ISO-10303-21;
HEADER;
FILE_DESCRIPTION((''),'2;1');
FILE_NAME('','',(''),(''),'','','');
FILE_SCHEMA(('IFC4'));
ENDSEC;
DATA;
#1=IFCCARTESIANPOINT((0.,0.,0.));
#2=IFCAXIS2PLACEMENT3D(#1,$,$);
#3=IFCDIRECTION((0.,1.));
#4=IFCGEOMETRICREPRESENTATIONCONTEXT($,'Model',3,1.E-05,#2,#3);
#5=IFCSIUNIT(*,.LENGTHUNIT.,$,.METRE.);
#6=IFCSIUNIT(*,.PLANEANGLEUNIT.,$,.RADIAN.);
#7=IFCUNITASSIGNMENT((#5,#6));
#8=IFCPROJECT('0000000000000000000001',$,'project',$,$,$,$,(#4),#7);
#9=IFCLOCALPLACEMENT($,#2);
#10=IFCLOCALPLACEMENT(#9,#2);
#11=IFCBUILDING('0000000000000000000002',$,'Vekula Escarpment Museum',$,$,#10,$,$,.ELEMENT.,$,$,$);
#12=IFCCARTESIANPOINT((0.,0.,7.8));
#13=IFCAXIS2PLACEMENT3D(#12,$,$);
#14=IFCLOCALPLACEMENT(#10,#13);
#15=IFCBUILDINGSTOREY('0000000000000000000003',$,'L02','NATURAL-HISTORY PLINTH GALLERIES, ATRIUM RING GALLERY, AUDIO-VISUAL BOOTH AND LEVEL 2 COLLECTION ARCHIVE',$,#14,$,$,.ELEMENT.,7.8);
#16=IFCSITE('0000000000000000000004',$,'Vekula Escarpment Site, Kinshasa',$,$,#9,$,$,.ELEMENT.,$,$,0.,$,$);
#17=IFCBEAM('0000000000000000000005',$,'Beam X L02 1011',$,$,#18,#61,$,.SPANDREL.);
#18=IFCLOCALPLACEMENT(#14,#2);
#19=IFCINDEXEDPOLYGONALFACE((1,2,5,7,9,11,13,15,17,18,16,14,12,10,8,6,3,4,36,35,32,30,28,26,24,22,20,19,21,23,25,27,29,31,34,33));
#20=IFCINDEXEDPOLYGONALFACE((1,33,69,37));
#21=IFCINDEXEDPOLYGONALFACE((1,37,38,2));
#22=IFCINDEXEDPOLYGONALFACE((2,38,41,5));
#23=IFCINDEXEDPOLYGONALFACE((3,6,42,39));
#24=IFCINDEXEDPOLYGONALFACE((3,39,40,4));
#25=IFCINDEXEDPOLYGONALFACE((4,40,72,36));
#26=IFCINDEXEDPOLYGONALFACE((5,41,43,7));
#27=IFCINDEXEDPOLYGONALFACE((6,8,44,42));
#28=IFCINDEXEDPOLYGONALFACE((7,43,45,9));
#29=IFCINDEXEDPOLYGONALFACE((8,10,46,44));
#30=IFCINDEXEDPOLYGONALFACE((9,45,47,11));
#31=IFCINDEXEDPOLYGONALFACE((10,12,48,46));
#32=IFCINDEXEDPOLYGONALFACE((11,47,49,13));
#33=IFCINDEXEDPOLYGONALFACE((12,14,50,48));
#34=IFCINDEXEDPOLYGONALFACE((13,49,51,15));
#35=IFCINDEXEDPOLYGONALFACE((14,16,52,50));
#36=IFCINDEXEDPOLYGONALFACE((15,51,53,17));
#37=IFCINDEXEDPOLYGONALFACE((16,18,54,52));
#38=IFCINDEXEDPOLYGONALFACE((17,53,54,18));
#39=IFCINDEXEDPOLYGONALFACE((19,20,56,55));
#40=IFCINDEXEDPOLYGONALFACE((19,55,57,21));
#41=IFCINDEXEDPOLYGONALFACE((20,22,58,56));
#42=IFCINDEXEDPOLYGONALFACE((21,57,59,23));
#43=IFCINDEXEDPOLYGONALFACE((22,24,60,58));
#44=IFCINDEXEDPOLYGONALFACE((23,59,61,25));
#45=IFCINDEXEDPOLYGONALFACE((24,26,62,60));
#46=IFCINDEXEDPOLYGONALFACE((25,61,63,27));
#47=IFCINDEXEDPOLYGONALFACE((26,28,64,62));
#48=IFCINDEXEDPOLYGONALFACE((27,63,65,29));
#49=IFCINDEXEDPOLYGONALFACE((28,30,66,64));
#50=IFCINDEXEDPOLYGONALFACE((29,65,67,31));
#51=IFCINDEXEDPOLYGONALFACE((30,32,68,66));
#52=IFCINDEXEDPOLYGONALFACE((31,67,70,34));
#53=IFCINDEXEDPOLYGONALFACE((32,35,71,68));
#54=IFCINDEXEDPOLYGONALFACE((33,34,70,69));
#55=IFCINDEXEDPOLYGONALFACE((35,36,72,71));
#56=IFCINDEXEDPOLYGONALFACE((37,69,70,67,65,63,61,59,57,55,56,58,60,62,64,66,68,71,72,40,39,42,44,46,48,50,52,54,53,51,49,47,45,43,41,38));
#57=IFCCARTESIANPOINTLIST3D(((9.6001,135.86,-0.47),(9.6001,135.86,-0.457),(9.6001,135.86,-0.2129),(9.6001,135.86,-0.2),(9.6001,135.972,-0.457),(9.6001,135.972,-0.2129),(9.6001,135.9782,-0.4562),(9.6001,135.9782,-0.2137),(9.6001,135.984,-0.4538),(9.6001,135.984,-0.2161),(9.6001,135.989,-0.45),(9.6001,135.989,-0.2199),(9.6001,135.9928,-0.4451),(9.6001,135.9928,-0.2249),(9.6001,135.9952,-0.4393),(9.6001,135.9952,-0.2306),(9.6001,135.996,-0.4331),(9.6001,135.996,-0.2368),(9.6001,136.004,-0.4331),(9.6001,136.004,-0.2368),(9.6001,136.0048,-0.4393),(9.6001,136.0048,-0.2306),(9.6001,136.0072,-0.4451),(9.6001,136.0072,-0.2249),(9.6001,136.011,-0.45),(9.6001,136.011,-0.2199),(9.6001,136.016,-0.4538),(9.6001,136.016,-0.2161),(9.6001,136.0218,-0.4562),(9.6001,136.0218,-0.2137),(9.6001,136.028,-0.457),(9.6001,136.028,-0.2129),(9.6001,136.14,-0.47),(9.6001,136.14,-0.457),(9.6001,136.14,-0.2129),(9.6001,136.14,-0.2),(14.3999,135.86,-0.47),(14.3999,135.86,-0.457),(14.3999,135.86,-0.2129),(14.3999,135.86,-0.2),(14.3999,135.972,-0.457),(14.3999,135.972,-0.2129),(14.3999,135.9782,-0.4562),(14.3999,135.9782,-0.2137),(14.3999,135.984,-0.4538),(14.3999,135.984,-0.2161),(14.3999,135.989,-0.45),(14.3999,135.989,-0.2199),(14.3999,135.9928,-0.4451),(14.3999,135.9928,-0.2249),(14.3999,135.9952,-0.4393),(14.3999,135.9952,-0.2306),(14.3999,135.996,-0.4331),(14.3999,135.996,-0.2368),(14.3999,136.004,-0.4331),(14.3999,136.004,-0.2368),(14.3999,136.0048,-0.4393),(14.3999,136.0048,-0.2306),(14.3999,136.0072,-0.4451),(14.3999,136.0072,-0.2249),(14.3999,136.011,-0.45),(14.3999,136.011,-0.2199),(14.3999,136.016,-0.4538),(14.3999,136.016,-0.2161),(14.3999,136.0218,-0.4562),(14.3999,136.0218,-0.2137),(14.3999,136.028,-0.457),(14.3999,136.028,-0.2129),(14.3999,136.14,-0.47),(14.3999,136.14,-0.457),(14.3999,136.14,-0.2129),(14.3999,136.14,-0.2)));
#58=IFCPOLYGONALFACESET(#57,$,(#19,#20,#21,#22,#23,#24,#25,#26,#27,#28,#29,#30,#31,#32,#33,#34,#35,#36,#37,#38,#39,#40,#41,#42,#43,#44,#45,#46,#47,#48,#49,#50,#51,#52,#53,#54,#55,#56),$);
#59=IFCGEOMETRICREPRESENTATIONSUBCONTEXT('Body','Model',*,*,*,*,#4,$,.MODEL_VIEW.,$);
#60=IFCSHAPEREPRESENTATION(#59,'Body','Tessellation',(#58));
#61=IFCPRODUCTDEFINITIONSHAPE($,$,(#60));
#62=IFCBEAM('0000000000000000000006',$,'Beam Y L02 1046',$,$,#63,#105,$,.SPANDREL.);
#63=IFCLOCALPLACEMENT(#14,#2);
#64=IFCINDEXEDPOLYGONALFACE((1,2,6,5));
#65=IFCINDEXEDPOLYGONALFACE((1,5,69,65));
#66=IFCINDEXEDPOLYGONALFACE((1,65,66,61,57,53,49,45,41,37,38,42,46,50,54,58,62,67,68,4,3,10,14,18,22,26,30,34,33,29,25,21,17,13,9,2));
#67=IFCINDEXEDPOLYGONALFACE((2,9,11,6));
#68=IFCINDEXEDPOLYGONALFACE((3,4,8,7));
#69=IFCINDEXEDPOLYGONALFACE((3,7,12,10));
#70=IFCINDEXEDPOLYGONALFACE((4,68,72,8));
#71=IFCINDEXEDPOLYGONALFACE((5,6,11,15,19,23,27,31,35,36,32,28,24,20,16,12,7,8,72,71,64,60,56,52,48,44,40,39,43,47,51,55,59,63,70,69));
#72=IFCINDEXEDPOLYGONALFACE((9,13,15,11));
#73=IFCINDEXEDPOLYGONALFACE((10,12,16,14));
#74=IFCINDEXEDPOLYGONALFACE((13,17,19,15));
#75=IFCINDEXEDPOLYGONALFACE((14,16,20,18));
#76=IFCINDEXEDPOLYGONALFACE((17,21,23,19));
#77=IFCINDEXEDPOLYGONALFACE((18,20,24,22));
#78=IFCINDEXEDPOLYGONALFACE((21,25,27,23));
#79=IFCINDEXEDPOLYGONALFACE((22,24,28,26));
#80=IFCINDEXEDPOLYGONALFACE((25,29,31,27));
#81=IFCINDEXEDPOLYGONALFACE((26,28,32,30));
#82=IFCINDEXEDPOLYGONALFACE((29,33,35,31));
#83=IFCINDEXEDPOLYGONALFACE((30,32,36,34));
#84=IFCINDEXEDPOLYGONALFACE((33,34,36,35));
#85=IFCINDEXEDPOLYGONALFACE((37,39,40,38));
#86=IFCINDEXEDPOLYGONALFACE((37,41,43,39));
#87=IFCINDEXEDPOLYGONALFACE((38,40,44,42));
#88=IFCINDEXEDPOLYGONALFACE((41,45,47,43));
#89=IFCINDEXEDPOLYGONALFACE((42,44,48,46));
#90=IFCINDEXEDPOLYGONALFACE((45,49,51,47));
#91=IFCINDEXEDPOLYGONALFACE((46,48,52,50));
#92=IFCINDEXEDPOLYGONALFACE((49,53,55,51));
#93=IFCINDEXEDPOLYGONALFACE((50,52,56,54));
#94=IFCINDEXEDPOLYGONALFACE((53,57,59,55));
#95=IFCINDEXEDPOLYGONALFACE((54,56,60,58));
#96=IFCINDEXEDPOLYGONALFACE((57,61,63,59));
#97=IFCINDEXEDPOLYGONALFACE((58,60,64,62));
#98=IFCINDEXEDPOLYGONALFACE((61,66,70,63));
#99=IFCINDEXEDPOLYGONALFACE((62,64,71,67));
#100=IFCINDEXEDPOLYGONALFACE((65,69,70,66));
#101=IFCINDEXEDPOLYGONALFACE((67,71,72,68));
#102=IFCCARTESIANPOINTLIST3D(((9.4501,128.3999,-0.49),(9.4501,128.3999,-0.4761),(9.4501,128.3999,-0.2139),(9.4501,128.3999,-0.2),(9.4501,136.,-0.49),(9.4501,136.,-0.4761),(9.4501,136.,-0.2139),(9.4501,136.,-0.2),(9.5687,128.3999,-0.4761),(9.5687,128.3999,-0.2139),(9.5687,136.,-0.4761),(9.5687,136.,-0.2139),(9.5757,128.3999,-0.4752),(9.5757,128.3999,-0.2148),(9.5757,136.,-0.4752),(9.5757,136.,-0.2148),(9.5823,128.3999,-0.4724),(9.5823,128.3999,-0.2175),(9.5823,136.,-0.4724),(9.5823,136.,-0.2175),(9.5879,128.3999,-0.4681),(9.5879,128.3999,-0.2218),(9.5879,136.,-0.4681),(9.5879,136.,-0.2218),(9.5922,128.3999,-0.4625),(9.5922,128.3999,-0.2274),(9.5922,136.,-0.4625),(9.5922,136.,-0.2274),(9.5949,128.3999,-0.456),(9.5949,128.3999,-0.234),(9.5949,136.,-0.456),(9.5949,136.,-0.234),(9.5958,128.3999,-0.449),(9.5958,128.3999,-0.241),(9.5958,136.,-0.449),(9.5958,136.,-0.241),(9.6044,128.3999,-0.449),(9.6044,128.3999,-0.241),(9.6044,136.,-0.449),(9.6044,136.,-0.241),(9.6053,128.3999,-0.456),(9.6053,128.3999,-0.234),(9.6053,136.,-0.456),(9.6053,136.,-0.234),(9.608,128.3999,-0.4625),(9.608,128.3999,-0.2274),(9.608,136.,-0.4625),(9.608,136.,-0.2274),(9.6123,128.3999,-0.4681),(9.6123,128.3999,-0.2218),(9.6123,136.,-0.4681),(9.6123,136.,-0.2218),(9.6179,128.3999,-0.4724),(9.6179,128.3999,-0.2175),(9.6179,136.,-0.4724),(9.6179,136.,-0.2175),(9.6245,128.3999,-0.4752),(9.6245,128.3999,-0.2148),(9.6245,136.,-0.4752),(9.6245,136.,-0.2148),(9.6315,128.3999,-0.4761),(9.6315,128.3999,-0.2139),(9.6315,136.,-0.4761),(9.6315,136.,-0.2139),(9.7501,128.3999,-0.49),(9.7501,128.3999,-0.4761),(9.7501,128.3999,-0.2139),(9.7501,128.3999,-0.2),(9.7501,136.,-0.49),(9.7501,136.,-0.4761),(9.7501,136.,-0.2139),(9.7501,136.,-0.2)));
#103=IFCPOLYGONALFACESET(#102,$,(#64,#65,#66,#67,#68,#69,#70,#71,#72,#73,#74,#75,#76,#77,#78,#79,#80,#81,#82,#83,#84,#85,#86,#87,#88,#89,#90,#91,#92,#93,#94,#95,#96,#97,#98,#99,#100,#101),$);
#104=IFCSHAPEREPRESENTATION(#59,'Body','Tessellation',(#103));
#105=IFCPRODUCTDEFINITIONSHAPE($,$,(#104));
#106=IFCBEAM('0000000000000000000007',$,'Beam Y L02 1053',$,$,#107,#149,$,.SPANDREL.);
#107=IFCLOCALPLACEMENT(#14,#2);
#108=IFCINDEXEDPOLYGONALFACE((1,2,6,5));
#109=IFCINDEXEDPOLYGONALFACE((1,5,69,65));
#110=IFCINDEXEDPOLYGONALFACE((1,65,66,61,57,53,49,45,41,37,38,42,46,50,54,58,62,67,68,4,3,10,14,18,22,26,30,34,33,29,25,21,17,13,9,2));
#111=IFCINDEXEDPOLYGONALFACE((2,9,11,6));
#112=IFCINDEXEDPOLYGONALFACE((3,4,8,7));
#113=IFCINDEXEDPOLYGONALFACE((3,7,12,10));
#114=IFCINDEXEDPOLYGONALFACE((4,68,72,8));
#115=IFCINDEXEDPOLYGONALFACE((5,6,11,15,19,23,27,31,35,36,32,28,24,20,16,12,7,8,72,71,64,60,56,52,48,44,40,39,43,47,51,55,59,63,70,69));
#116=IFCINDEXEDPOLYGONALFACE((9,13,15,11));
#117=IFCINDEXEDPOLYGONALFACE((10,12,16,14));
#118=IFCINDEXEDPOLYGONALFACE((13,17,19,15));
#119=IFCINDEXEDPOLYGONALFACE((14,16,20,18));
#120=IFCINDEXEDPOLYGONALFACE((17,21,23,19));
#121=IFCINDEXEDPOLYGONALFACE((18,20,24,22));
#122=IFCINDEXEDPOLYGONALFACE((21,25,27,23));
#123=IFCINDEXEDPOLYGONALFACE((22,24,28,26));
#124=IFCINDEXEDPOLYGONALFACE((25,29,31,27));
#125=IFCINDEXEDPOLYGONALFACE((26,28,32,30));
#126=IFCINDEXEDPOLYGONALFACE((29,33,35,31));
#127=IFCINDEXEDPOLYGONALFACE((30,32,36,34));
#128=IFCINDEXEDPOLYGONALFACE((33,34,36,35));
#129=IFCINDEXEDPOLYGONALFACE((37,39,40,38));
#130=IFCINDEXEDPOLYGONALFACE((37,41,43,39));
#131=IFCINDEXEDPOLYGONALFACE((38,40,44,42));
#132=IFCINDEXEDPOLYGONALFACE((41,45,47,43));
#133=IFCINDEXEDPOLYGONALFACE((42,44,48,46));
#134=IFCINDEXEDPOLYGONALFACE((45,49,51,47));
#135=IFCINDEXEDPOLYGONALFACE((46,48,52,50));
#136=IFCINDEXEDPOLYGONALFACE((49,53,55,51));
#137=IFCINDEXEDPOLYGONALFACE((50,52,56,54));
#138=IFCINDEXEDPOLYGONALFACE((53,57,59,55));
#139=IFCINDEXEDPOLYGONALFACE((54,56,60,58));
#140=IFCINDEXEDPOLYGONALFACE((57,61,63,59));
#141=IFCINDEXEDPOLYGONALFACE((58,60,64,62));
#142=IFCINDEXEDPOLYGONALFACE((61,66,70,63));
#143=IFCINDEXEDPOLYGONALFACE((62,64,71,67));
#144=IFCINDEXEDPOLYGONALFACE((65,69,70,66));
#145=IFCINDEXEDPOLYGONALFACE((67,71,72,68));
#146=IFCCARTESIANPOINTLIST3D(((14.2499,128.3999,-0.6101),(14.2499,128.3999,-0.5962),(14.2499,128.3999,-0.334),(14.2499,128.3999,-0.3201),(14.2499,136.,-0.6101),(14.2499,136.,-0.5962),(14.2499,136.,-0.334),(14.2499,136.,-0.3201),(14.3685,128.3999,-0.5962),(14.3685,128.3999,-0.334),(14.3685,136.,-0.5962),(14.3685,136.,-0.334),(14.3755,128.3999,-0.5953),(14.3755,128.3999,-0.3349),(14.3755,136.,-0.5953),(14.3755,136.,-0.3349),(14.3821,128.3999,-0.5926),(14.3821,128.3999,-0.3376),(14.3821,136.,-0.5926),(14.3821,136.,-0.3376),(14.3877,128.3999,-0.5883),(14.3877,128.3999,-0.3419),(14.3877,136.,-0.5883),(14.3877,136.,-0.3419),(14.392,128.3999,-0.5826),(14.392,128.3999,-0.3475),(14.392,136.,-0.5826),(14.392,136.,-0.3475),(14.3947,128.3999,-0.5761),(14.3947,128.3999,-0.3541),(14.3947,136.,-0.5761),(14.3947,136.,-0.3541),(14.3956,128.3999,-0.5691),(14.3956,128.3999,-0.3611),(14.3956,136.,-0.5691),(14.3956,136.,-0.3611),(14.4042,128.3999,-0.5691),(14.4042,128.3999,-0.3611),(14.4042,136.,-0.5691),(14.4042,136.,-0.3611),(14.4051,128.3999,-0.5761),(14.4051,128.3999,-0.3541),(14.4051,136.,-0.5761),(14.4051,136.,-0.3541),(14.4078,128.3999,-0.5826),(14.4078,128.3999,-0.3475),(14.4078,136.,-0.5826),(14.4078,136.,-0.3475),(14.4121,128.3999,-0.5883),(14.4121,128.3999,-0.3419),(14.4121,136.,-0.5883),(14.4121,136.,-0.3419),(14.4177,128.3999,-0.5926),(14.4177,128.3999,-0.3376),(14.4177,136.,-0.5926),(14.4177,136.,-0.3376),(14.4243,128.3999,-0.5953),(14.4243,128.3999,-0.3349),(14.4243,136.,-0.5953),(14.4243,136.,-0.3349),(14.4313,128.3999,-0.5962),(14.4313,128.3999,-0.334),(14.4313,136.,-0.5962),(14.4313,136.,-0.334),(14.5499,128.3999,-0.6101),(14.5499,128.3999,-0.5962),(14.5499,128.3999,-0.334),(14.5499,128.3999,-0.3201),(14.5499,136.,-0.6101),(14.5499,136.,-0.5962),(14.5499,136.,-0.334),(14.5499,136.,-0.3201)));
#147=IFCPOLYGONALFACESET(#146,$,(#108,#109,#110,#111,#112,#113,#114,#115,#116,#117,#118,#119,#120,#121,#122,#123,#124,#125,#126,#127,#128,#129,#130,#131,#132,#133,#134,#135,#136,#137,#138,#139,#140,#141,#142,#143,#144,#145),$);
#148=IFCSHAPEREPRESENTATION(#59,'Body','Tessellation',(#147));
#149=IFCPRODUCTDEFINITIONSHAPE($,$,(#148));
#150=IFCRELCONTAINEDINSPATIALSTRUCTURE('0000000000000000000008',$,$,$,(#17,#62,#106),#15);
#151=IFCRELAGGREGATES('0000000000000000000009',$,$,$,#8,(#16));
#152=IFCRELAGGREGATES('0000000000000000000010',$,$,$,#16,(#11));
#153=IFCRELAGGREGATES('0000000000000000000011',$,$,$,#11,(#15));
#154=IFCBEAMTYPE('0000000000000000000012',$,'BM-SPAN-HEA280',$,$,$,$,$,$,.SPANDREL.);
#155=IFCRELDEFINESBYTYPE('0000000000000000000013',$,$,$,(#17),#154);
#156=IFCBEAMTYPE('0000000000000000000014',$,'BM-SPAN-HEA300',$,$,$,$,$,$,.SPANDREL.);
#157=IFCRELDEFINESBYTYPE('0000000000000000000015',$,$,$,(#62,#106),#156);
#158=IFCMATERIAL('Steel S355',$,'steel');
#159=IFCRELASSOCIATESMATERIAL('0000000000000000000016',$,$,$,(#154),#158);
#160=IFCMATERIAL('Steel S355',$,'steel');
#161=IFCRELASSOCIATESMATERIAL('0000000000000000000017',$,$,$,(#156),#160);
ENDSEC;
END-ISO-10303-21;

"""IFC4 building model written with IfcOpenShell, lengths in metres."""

from ifc_helpers import new_model, si_unit, direction, frame, origin, origin_2d, place, context, subcontext, project, spatial, i_section, extrude, material, material_profile, profile_set, type_object, element, save


model = new_model("IFC4")

# Units and contexts
model_context = context("Model", 3, precision=1e-05, world=origin(), true_north=direction((0.0, 1.0)))
body_context = subcontext(model_context, "Body", "Model", "MODEL_VIEW")
ifc_project = project(units=[si_unit("LENGTHUNIT", "METRE"), si_unit("PLANEANGLEUNIT", "RADIAN")], contexts=[model_context])

# Site, building, storey
site_placement = place(None, origin())
site = spatial("IfcSite", under=ifc_project, at=site_placement, Name="Vekula Escarpment Site, Kinshasa", CompositionType="ELEMENT", RefElevation=0.0)
building_placement = place(site_placement, origin())
building = spatial("IfcBuilding", under=site, at=building_placement, Name="Vekula Escarpment Museum", CompositionType="ELEMENT")
storey_placement = place(building_placement, frame((0.0, 0.0, 7.8)))
storey = spatial("IfcBuildingStorey", under=building, at=storey_placement, Name="L02", Description="NATURAL-HISTORY PLINTH GALLERIES, ATRIUM RING GALLERY, AUDIO-VISUAL BOOTH AND LEVEL 2 COLLECTION ARCHIVE", CompositionType="ELEMENT", Elevation=7.8)

# Beams
ifc_material_1 = material(Name="Steel S355", Category="steel")
ifc_material_profile_1 = material_profile(ifc_material_1, i_section(OverallWidth=0.28, OverallDepth=0.27, WebThickness=0.0081, FlangeThickness=0.0129, FilletRadius=0.0239, at=origin_2d()), Name="HEA 280")
ifc_profile_set_1 = profile_set([ifc_material_profile_1], Name="Steel S355")
beam_type_1 = type_object("IfcBeamType", Name="BM-SPAN-HEA280", PredefinedType="SPANDREL", material=ifc_profile_set_1)
beam_1_placement = place(storey_placement, frame((9.6001, 136.0, -0.335), z_axis=(1.0, 0.0, 0.0), x_axis=(0.0, 1.0, 0.0)))
element("IfcBeam", 1, at=beam_1_placement, inside=storey, type_object=beam_type_1, Name="Beam X L02 1011", PredefinedType="SPANDREL", context=body_context, shape_type="SweptSolid", body=[
    extrude(i_section(OverallWidth=0.28, OverallDepth=0.27, WebThickness=0.0081, FlangeThickness=0.0129, FilletRadius=0.0239, at=origin_2d()), origin(), (0.0, 0.0, 1.0), 4.7998),
])
ifc_material_2 = material(Name="Steel S355", Category="steel")
ifc_material_profile_2 = material_profile(ifc_material_2, i_section(OverallWidth=0.3, OverallDepth=0.29, WebThickness=0.0085, FlangeThickness=0.0139, FilletRadius=0.0271, at=origin_2d()), Name="HEA 300")
ifc_profile_set_2 = profile_set([ifc_material_profile_2], Name="Steel S355")
beam_type_2 = type_object("IfcBeamType", Name="BM-SPAN-HEA300", PredefinedType="SPANDREL", material=ifc_profile_set_2)
for number, where, z_axis, x_axis, name in (
    (2, (9.6001, 128.3999, -0.345), (0.0, 1.0, 0.0), (-1.0, 0.0, 0.0), "Beam Y L02 1046"),
    (3, (14.3999, 128.3999, -0.4651), (0.0, 1.0, 0.0), (-1.0, 0.0, 0.0), "Beam Y L02 1053"),
):
    element("IfcBeam", number, at=place(storey_placement, frame(where, z_axis=z_axis, x_axis=x_axis)), inside=storey, type_object=beam_type_2, Name=name, PredefinedType="SPANDREL", context=body_context, shape_type="SweptSolid", body=[
        extrude(i_section(OverallWidth=0.3, OverallDepth=0.29, WebThickness=0.0085, FlangeThickness=0.0139, FilletRadius=0.0271, at=origin_2d()), origin(), (0.0, 0.0, 1.0), 7.6001),
    ])

save(model, "model.ifc")
